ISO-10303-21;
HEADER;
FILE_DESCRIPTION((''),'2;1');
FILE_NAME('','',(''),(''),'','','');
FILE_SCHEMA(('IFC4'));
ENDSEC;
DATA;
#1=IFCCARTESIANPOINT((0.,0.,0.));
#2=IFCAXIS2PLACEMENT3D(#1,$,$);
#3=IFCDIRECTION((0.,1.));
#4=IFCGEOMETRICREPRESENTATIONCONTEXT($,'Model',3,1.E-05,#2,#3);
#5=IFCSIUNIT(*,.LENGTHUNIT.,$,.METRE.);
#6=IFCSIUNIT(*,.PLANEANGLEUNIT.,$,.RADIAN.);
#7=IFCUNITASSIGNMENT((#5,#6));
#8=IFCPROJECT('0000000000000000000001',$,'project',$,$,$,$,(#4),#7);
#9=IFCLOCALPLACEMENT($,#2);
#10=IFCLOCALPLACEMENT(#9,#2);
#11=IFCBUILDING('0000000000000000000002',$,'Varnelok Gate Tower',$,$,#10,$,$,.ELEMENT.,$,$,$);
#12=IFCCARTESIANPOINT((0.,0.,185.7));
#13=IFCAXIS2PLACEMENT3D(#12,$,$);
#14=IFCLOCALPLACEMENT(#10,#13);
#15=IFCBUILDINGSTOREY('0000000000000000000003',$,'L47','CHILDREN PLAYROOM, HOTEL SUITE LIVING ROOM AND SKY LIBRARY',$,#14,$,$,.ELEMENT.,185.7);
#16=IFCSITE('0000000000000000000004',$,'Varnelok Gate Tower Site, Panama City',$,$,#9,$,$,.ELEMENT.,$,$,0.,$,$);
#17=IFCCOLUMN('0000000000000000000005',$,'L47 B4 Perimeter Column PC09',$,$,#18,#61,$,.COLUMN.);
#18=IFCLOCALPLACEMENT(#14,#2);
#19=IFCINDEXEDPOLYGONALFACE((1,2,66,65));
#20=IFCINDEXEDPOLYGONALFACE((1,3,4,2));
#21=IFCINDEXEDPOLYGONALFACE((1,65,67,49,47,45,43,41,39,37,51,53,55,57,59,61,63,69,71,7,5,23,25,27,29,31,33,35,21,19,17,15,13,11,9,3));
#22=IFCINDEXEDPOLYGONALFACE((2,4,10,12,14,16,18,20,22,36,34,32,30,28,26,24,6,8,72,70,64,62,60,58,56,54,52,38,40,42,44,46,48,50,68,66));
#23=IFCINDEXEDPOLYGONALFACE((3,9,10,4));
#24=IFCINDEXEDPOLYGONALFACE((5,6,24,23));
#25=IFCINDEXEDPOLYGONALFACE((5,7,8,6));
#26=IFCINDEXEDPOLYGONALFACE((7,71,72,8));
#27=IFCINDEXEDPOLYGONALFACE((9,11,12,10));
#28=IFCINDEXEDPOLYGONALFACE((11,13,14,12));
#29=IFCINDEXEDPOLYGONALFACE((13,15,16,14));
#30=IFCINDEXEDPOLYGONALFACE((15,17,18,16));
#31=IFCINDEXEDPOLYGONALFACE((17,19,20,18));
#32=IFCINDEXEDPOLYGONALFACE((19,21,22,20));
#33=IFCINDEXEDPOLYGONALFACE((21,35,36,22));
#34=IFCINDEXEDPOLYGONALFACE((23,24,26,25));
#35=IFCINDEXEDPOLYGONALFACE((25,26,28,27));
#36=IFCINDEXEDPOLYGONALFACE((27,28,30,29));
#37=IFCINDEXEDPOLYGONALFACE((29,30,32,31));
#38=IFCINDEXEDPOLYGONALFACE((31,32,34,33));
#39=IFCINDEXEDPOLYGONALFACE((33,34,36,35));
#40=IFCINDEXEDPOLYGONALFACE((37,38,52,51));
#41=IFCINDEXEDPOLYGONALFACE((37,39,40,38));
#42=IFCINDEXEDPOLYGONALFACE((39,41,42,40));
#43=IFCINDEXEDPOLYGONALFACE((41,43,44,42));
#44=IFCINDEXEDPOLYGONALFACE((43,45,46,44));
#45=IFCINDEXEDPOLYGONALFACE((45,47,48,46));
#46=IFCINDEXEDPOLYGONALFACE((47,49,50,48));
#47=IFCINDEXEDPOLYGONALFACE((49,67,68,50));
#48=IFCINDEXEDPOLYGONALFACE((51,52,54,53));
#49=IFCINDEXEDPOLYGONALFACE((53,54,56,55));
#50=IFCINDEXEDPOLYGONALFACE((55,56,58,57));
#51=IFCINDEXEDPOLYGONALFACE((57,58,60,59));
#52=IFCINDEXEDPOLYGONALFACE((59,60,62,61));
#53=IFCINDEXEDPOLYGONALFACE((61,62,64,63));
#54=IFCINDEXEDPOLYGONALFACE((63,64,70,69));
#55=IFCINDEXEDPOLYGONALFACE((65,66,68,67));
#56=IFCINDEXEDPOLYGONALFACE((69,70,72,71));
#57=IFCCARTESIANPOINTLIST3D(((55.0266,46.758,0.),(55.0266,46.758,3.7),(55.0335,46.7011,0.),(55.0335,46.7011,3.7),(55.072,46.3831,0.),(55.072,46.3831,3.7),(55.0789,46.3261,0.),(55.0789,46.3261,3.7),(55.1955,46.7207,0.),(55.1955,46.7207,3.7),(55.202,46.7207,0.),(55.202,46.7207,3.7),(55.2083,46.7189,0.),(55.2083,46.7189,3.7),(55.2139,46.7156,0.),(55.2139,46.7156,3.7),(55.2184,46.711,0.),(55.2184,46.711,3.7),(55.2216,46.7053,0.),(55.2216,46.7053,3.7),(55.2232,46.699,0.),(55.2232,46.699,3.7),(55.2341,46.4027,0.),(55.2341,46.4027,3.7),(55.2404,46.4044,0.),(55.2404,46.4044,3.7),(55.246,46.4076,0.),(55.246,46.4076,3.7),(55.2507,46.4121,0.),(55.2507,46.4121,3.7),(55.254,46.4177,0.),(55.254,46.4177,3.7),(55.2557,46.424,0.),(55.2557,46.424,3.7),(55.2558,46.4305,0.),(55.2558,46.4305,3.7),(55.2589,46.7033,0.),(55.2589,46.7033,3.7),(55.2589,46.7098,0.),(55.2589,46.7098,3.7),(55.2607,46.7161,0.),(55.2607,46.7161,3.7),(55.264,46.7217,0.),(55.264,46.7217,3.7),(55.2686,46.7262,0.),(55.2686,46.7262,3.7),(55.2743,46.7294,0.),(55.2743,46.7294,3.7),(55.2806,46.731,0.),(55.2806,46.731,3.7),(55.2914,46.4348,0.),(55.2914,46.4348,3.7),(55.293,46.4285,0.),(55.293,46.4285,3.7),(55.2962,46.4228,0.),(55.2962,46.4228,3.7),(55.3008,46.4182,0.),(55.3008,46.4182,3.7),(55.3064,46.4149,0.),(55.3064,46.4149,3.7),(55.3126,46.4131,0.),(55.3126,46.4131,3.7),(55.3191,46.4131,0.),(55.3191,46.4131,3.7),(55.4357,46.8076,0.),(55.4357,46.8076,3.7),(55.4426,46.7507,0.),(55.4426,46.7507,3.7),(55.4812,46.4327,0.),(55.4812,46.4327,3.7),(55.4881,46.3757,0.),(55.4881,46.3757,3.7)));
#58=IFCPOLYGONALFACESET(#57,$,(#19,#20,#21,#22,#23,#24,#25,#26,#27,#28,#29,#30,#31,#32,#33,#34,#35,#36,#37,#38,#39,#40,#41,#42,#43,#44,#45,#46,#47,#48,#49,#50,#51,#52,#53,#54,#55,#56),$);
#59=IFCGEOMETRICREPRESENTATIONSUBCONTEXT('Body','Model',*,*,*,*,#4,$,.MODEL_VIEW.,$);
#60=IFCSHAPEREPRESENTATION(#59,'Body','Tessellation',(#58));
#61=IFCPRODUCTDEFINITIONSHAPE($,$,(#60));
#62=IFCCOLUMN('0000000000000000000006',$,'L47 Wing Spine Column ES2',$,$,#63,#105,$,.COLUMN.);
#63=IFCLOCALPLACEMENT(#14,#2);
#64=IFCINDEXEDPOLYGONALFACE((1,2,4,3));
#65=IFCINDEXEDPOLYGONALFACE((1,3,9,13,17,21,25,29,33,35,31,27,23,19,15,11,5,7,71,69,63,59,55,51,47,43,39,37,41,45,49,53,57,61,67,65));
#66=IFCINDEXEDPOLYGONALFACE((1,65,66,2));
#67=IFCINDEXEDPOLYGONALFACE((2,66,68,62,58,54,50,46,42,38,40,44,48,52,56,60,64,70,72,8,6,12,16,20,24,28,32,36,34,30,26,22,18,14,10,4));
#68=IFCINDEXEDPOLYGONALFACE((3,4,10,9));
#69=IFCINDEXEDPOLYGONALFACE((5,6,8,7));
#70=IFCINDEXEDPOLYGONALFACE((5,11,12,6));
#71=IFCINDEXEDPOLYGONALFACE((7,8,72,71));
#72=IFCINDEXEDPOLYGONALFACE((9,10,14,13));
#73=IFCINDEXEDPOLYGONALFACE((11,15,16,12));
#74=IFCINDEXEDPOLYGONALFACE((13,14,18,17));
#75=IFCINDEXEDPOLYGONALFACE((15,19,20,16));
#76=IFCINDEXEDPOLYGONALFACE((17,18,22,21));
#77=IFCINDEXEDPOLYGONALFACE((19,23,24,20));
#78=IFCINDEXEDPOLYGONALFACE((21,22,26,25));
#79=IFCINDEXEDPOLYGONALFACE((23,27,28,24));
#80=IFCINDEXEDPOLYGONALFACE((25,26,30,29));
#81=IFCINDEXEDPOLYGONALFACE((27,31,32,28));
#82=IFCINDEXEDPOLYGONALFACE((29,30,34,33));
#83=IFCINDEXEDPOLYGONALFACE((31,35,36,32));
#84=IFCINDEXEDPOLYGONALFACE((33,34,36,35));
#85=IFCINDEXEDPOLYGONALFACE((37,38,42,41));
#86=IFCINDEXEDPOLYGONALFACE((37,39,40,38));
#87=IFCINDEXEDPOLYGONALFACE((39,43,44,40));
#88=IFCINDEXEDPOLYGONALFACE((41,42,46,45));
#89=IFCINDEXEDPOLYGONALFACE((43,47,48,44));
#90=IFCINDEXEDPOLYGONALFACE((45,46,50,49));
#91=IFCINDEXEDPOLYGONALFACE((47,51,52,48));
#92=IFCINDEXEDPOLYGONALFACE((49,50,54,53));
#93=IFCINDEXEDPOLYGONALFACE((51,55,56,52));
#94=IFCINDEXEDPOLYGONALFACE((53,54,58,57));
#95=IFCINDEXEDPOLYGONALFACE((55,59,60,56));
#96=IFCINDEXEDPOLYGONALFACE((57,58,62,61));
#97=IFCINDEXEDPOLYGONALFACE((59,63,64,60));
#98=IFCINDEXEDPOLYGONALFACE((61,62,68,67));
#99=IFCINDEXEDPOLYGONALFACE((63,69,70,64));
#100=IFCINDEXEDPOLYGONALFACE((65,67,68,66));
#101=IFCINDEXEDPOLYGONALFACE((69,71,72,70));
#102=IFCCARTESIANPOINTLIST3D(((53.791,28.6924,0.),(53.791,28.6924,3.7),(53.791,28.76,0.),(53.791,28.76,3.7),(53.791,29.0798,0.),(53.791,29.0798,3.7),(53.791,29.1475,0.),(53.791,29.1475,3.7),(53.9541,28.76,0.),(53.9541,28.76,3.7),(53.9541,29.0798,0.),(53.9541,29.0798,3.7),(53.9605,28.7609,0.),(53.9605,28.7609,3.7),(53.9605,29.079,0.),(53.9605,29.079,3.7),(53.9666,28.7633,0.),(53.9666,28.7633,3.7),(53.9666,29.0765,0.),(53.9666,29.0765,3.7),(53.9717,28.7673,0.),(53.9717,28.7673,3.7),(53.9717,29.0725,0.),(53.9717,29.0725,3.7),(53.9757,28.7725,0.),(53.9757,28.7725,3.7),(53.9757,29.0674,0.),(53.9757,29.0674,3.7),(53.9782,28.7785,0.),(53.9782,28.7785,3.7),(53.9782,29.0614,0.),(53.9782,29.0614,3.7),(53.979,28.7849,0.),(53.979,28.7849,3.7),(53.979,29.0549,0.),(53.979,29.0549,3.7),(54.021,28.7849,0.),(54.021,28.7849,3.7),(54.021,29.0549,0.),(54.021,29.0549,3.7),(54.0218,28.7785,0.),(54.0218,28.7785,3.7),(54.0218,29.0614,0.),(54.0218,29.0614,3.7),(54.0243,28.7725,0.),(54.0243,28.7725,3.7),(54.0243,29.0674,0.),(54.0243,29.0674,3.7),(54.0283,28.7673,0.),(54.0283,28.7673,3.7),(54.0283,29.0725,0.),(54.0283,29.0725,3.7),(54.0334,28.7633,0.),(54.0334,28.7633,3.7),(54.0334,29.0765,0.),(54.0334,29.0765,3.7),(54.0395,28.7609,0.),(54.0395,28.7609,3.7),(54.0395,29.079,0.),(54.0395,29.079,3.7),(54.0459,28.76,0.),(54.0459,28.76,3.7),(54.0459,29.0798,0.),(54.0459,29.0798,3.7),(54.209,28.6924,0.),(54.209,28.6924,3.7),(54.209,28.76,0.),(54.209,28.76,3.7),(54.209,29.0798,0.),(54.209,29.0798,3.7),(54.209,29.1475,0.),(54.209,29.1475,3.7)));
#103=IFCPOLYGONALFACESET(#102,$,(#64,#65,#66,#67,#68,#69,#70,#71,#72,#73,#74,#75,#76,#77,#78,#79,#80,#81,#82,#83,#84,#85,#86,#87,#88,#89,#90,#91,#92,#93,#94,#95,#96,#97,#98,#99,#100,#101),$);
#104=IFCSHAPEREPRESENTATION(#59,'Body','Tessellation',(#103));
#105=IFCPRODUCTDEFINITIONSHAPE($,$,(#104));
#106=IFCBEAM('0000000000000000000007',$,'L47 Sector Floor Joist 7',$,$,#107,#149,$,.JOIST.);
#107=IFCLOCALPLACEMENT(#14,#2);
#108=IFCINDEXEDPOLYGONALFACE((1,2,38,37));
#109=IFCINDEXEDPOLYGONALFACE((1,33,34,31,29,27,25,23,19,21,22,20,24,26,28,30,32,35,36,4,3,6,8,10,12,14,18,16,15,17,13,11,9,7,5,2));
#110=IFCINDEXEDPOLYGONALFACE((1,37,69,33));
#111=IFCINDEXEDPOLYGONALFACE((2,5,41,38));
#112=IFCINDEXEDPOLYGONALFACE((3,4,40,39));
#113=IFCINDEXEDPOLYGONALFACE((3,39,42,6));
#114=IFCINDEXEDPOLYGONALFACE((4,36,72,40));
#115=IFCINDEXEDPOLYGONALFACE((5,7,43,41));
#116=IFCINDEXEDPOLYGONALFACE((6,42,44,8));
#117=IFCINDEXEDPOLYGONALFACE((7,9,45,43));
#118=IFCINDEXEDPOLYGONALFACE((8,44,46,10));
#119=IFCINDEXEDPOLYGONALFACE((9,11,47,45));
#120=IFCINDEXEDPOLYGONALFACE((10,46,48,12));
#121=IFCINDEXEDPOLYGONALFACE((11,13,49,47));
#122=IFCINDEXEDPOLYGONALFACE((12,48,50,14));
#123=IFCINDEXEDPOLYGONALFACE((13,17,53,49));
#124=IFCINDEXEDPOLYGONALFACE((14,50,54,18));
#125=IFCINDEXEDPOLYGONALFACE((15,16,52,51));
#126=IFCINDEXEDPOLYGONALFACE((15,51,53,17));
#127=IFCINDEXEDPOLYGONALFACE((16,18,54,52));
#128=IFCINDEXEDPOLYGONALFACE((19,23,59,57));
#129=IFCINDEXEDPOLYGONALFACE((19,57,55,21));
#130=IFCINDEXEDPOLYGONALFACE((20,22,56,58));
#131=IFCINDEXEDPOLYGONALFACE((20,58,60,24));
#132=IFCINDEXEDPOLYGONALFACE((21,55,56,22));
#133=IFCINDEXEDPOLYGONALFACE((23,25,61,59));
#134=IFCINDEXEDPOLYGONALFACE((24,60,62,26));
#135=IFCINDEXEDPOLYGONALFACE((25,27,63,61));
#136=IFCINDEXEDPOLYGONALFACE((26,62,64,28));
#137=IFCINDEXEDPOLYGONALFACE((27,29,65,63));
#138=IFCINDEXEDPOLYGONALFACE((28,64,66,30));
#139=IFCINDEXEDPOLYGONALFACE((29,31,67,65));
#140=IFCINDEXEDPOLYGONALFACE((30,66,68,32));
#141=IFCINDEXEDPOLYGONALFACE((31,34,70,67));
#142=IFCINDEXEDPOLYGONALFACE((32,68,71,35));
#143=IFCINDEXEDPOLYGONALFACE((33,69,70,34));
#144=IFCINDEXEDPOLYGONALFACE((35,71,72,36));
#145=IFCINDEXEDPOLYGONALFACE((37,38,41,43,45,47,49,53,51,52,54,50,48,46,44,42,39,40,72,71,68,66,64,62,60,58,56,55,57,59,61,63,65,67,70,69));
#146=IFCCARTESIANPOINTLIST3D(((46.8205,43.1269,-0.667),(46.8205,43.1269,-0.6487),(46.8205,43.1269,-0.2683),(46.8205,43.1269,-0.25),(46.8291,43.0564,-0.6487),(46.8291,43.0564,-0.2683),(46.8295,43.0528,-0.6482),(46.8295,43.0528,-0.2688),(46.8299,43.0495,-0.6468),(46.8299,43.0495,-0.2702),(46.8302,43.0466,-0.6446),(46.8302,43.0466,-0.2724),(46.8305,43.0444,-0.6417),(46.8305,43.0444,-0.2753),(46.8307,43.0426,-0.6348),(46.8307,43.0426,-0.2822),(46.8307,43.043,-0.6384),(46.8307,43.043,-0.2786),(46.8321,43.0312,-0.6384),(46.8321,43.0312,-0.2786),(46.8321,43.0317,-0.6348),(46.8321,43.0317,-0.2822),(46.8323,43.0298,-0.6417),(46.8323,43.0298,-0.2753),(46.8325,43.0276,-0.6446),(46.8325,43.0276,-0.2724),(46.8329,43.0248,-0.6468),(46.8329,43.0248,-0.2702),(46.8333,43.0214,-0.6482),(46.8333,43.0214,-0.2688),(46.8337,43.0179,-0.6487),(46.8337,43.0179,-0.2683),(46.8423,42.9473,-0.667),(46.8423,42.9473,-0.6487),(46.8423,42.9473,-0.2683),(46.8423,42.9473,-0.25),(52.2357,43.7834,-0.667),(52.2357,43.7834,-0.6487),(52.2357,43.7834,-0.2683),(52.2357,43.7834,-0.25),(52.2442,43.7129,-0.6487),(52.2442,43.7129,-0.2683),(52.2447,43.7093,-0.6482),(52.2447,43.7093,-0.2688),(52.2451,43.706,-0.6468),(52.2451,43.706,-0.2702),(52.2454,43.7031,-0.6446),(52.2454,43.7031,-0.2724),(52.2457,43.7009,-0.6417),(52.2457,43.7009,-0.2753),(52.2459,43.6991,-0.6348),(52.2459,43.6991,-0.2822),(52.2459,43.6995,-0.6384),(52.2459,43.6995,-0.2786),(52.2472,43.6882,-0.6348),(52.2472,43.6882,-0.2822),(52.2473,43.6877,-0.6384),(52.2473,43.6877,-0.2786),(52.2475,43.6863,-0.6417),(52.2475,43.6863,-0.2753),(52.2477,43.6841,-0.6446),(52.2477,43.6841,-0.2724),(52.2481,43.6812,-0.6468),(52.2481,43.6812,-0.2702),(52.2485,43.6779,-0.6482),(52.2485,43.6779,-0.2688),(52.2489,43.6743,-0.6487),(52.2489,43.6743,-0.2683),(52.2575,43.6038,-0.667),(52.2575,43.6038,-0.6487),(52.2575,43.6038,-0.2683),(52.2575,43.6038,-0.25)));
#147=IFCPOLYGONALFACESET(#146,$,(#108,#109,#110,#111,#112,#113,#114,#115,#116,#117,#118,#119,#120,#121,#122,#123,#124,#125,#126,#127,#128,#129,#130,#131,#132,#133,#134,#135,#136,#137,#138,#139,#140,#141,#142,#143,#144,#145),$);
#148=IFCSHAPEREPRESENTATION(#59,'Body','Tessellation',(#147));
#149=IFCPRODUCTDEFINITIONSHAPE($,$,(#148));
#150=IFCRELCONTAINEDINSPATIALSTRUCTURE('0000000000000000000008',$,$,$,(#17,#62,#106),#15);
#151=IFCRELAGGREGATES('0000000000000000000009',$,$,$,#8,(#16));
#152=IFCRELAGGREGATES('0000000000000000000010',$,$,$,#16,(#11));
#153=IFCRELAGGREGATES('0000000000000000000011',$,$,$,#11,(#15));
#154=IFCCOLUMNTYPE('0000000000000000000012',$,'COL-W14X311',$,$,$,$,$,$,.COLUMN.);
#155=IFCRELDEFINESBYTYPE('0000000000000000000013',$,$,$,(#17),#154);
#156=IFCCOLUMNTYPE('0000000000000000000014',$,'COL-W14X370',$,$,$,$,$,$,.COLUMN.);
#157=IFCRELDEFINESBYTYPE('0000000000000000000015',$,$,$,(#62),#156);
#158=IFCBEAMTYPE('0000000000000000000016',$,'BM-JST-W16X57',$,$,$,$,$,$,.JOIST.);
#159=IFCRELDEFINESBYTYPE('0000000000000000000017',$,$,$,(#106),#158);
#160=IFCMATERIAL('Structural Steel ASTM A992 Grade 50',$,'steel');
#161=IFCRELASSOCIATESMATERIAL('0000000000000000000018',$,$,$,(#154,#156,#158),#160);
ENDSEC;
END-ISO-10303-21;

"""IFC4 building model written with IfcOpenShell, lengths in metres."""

from ifc_helpers import new_model, si_unit, direction, frame, origin, origin_2d, place, context, subcontext, project, spatial, i_section, extrude, material, material_profile, profile_set, type_object, element, save


model = new_model("IFC4")

# Units and contexts
model_context = context("Model", 3, precision=1e-05, world=origin(), true_north=direction((0.0, 1.0)))
body_context = subcontext(model_context, "Body", "Model", "MODEL_VIEW")
ifc_project = project(units=[si_unit("LENGTHUNIT", "METRE"), si_unit("PLANEANGLEUNIT", "RADIAN")], contexts=[model_context])

# Site, building, storey
site_placement = place(None, origin())
site = spatial("IfcSite", under=ifc_project, at=site_placement, Name="Varnelok Gate Tower Site, Panama City", CompositionType="ELEMENT", RefElevation=0.0)
building_placement = place(site_placement, origin())
building = spatial("IfcBuilding", under=site, at=building_placement, Name="Varnelok Gate Tower", CompositionType="ELEMENT")
storey_placement = place(building_placement, frame((0.0, 0.0, 185.7)))
storey = spatial("IfcBuildingStorey", under=building, at=storey_placement, Name="L47", Description="CHILDREN PLAYROOM, HOTEL SUITE LIVING ROOM AND SKY LIBRARY", CompositionType="ELEMENT", Elevation=185.7)

# Columns
ifc_material_1 = material(Name="Structural Steel ASTM A992 Grade 50", Category="steel")
ifc_material_profile_1 = material_profile(ifc_material_1, i_section(OverallWidth=0.4121, OverallDepth=0.4351, WebThickness=0.0359, FlangeThickness=0.0574, FilletRadius=0.0249, at=origin_2d()), Name="W14X311")
ifc_profile_set_1 = profile_set([ifc_material_profile_1], Name="Structural Steel ASTM A992 Grade 50")
column_type_1 = type_object("IfcColumnType", Name="COL-W14X311", PredefinedType="COLUMN", material=ifc_profile_set_1)
column_1_placement = place(storey_placement, frame((55.2573, 46.5669, 0.0), z_axis=(0.0, 0.0, 1.0), x_axis=(0.992732, 0.120345, 0.0)))
element("IfcColumn", 1, at=column_1_placement, inside=storey, type_object=column_type_1, Name="L47 B4 Perimeter Column PC09", PredefinedType="COLUMN", context=body_context, shape_type="SweptSolid", body=[
    extrude(i_section(OverallWidth=0.4121, OverallDepth=0.4351, WebThickness=0.0359, FlangeThickness=0.0574, FilletRadius=0.0249, at=origin_2d()), origin(), (0.0, 0.0, 1.0), 3.7),
])
ifc_material_profile_2 = material_profile(ifc_material_1, i_section(OverallWidth=0.418, OverallDepth=0.4551, WebThickness=0.042, FlangeThickness=0.0676, FilletRadius=0.0249, at=origin_2d()), Name="W14X370")
ifc_profile_set_2 = profile_set([ifc_material_profile_2], Name="Structural Steel ASTM A992 Grade 50")
column_type_2 = type_object("IfcColumnType", Name="COL-W14X370", PredefinedType="COLUMN", material=ifc_profile_set_2)
column_2_placement = place(storey_placement, frame((54.0, 28.9199, 0.0), z_axis=(0.0, 0.0, 1.0), x_axis=(1.0, 0.0, 0.0)))
element("IfcColumn", 2, at=column_2_placement, inside=storey, type_object=column_type_2, Name="L47 Wing Spine Column ES2", PredefinedType="COLUMN", context=body_context, shape_type="SweptSolid", body=[
    extrude(i_section(OverallWidth=0.418, OverallDepth=0.4551, WebThickness=0.042, FlangeThickness=0.0676, FilletRadius=0.0249, at=origin_2d()), origin(), (0.0, 0.0, 1.0), 3.7),
])

# Beam
ifc_material_profile_3 = material_profile(ifc_material_1, i_section(OverallWidth=0.1809, OverallDepth=0.417, WebThickness=0.011, FlangeThickness=0.0183, FilletRadius=0.0139, at=origin_2d()), Name="W16X57")
ifc_profile_set_3 = profile_set([ifc_material_profile_3], Name="Structural Steel ASTM A992 Grade 50")
beam_type_1 = type_object("IfcBeamType", Name="BM-JST-W16X57", PredefinedType="JOIST", material=ifc_profile_set_3)
beam_1_placement = place(storey_placement, frame((52.2466, 43.6936, -0.4585), z_axis=(-0.992732, -0.120349, 0.0), x_axis=(0.120349, -0.992732, 0.0)))
element("IfcBeam", 3, at=beam_1_placement, inside=storey, type_object=beam_type_1, Name="L47 Sector Floor Joist 7", PredefinedType="JOIST", context=body_context, shape_type="SweptSolid", body=[
    extrude(i_section(OverallWidth=0.1809, OverallDepth=0.417, WebThickness=0.011, FlangeThickness=0.0183, FilletRadius=0.0139, at=origin_2d()), origin(), (0.0, 0.0, 1.0), 5.4548),
])

save(model, "model.ifc")
